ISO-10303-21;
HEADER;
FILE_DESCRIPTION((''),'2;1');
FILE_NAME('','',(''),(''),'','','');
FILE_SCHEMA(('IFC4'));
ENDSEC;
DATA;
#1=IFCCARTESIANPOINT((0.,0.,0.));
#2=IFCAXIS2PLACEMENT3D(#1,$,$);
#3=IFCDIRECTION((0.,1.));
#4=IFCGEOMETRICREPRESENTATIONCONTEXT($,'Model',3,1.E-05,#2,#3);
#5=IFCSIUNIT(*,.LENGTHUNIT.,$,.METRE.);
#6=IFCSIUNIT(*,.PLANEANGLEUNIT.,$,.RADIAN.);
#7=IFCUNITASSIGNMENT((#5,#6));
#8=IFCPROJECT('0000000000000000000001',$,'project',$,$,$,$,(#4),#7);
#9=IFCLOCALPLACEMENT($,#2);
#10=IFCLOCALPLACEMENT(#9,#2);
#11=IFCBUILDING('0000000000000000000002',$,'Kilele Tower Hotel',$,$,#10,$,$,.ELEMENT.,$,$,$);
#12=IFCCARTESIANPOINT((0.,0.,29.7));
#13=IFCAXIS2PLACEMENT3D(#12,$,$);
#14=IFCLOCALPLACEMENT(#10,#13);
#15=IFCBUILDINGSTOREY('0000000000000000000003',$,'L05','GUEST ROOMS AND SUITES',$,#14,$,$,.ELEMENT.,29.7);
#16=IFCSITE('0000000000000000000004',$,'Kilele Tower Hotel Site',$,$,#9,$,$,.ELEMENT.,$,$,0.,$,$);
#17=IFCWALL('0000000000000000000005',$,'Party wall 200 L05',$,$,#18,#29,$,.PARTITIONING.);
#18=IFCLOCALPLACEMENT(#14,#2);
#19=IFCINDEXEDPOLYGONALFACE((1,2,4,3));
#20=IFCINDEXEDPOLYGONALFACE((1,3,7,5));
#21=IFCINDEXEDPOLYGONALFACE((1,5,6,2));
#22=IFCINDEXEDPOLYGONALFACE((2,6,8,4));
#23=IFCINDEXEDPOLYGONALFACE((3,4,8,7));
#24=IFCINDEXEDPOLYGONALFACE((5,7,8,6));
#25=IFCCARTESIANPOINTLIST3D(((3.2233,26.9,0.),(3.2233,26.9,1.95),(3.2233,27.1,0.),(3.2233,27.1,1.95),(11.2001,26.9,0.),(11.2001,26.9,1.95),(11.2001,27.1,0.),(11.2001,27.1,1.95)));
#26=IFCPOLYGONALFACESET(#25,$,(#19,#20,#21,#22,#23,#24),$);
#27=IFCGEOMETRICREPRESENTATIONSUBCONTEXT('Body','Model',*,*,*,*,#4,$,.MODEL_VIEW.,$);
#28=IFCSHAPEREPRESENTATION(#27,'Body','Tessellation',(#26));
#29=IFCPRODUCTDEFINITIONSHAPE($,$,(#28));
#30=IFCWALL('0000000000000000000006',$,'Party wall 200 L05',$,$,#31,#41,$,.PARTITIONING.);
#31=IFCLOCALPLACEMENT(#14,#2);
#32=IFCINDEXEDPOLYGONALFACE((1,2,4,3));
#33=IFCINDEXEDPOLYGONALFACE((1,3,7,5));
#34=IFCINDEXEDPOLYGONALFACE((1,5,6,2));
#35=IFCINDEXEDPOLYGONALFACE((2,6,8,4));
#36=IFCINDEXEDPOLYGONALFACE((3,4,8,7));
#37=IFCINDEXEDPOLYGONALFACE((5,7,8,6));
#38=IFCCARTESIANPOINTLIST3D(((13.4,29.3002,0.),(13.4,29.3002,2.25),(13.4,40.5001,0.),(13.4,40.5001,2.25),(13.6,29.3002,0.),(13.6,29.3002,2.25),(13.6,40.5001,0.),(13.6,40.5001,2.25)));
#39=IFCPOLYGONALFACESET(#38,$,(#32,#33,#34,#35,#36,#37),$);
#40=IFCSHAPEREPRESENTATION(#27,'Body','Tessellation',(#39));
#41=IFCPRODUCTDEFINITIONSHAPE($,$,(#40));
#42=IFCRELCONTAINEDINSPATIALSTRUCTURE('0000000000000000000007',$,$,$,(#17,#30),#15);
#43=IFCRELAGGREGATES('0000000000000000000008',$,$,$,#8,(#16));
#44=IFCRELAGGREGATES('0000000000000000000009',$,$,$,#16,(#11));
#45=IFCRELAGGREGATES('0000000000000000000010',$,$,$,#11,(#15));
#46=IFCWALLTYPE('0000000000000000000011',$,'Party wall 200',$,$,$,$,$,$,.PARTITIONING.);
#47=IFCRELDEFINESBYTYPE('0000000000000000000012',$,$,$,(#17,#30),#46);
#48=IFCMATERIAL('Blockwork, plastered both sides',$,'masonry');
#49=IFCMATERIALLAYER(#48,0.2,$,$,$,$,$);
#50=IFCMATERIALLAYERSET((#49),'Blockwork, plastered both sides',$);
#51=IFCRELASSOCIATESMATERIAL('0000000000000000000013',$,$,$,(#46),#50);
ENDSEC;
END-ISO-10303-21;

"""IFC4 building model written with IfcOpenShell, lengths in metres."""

from ifc_helpers import new_model, si_unit, direction, frame, frame_2d, origin, place, context, subcontext, project, spatial, rectangle, extrude, material, layer, layer_set, type_object, element, save


model = new_model("IFC4")

# Units and contexts
model_context = context("Model", 3, precision=1e-05, world=origin(), true_north=direction((0.0, 1.0)))
body_context = subcontext(model_context, "Body", "Model", "MODEL_VIEW")
ifc_project = project(units=[si_unit("LENGTHUNIT", "METRE"), si_unit("PLANEANGLEUNIT", "RADIAN")], contexts=[model_context])

# Site, building, storey
site_placement = place(None, origin())
site = spatial("IfcSite", under=ifc_project, at=site_placement, Name="Kilele Tower Hotel Site", CompositionType="ELEMENT", RefElevation=0.0)
building_placement = place(site_placement, origin())
building = spatial("IfcBuilding", under=site, at=building_placement, Name="Kilele Tower Hotel", CompositionType="ELEMENT")
storey_placement = place(building_placement, frame((0.0, 0.0, 29.7)))
storey = spatial("IfcBuildingStorey", under=building, at=storey_placement, Name="L05", Description="GUEST ROOMS AND SUITES", CompositionType="ELEMENT", Elevation=29.7)

# Walls
ifc_material_1 = material(Name="Blockwork, plastered both sides", Category="masonry")
ifc_layer_1 = layer(ifc_material_1, 0.2)
ifc_layer_set_1 = layer_set([ifc_layer_1], Name="Blockwork, plastered both sides")
wall_type_1 = type_object("IfcWallType", Name="Party wall 200", PredefinedType="PARTITIONING", material=ifc_layer_set_1)
wall_1_placement = place(storey_placement, frame((11.2, 27.0, 0.0), z_axis=(0.0, 0.0, 1.0), x_axis=(-1.0, 0.0, 0.0)))
element("IfcWall", 1, at=wall_1_placement, inside=storey, type_object=wall_type_1, Name="Party wall 200 L05", PredefinedType="PARTITIONING", context=body_context, shape_type="SweptSolid", body=[
    extrude(rectangle(XDim=7.9768, YDim=0.2, at=frame_2d((3.9883, 0.0))), origin(), (0.0, 0.0, 1.0), 1.95),
])
wall_2_placement = place(storey_placement, frame((13.5, 29.3, 0.0), z_axis=(0.0, 0.0, 1.0), x_axis=(0.0, 1.0, 0.0)))
element("IfcWall", 2, at=wall_2_placement, inside=storey, type_object=wall_type_1, Name="Party wall 200 L05", PredefinedType="PARTITIONING", context=body_context, shape_type="SweptSolid", body=[
    extrude(rectangle(XDim=11.2, YDim=0.2, at=frame_2d((5.6001, 0.0))), origin(), (0.0, 0.0, 1.0), 2.25),
])

save(model, "model.ifc")
